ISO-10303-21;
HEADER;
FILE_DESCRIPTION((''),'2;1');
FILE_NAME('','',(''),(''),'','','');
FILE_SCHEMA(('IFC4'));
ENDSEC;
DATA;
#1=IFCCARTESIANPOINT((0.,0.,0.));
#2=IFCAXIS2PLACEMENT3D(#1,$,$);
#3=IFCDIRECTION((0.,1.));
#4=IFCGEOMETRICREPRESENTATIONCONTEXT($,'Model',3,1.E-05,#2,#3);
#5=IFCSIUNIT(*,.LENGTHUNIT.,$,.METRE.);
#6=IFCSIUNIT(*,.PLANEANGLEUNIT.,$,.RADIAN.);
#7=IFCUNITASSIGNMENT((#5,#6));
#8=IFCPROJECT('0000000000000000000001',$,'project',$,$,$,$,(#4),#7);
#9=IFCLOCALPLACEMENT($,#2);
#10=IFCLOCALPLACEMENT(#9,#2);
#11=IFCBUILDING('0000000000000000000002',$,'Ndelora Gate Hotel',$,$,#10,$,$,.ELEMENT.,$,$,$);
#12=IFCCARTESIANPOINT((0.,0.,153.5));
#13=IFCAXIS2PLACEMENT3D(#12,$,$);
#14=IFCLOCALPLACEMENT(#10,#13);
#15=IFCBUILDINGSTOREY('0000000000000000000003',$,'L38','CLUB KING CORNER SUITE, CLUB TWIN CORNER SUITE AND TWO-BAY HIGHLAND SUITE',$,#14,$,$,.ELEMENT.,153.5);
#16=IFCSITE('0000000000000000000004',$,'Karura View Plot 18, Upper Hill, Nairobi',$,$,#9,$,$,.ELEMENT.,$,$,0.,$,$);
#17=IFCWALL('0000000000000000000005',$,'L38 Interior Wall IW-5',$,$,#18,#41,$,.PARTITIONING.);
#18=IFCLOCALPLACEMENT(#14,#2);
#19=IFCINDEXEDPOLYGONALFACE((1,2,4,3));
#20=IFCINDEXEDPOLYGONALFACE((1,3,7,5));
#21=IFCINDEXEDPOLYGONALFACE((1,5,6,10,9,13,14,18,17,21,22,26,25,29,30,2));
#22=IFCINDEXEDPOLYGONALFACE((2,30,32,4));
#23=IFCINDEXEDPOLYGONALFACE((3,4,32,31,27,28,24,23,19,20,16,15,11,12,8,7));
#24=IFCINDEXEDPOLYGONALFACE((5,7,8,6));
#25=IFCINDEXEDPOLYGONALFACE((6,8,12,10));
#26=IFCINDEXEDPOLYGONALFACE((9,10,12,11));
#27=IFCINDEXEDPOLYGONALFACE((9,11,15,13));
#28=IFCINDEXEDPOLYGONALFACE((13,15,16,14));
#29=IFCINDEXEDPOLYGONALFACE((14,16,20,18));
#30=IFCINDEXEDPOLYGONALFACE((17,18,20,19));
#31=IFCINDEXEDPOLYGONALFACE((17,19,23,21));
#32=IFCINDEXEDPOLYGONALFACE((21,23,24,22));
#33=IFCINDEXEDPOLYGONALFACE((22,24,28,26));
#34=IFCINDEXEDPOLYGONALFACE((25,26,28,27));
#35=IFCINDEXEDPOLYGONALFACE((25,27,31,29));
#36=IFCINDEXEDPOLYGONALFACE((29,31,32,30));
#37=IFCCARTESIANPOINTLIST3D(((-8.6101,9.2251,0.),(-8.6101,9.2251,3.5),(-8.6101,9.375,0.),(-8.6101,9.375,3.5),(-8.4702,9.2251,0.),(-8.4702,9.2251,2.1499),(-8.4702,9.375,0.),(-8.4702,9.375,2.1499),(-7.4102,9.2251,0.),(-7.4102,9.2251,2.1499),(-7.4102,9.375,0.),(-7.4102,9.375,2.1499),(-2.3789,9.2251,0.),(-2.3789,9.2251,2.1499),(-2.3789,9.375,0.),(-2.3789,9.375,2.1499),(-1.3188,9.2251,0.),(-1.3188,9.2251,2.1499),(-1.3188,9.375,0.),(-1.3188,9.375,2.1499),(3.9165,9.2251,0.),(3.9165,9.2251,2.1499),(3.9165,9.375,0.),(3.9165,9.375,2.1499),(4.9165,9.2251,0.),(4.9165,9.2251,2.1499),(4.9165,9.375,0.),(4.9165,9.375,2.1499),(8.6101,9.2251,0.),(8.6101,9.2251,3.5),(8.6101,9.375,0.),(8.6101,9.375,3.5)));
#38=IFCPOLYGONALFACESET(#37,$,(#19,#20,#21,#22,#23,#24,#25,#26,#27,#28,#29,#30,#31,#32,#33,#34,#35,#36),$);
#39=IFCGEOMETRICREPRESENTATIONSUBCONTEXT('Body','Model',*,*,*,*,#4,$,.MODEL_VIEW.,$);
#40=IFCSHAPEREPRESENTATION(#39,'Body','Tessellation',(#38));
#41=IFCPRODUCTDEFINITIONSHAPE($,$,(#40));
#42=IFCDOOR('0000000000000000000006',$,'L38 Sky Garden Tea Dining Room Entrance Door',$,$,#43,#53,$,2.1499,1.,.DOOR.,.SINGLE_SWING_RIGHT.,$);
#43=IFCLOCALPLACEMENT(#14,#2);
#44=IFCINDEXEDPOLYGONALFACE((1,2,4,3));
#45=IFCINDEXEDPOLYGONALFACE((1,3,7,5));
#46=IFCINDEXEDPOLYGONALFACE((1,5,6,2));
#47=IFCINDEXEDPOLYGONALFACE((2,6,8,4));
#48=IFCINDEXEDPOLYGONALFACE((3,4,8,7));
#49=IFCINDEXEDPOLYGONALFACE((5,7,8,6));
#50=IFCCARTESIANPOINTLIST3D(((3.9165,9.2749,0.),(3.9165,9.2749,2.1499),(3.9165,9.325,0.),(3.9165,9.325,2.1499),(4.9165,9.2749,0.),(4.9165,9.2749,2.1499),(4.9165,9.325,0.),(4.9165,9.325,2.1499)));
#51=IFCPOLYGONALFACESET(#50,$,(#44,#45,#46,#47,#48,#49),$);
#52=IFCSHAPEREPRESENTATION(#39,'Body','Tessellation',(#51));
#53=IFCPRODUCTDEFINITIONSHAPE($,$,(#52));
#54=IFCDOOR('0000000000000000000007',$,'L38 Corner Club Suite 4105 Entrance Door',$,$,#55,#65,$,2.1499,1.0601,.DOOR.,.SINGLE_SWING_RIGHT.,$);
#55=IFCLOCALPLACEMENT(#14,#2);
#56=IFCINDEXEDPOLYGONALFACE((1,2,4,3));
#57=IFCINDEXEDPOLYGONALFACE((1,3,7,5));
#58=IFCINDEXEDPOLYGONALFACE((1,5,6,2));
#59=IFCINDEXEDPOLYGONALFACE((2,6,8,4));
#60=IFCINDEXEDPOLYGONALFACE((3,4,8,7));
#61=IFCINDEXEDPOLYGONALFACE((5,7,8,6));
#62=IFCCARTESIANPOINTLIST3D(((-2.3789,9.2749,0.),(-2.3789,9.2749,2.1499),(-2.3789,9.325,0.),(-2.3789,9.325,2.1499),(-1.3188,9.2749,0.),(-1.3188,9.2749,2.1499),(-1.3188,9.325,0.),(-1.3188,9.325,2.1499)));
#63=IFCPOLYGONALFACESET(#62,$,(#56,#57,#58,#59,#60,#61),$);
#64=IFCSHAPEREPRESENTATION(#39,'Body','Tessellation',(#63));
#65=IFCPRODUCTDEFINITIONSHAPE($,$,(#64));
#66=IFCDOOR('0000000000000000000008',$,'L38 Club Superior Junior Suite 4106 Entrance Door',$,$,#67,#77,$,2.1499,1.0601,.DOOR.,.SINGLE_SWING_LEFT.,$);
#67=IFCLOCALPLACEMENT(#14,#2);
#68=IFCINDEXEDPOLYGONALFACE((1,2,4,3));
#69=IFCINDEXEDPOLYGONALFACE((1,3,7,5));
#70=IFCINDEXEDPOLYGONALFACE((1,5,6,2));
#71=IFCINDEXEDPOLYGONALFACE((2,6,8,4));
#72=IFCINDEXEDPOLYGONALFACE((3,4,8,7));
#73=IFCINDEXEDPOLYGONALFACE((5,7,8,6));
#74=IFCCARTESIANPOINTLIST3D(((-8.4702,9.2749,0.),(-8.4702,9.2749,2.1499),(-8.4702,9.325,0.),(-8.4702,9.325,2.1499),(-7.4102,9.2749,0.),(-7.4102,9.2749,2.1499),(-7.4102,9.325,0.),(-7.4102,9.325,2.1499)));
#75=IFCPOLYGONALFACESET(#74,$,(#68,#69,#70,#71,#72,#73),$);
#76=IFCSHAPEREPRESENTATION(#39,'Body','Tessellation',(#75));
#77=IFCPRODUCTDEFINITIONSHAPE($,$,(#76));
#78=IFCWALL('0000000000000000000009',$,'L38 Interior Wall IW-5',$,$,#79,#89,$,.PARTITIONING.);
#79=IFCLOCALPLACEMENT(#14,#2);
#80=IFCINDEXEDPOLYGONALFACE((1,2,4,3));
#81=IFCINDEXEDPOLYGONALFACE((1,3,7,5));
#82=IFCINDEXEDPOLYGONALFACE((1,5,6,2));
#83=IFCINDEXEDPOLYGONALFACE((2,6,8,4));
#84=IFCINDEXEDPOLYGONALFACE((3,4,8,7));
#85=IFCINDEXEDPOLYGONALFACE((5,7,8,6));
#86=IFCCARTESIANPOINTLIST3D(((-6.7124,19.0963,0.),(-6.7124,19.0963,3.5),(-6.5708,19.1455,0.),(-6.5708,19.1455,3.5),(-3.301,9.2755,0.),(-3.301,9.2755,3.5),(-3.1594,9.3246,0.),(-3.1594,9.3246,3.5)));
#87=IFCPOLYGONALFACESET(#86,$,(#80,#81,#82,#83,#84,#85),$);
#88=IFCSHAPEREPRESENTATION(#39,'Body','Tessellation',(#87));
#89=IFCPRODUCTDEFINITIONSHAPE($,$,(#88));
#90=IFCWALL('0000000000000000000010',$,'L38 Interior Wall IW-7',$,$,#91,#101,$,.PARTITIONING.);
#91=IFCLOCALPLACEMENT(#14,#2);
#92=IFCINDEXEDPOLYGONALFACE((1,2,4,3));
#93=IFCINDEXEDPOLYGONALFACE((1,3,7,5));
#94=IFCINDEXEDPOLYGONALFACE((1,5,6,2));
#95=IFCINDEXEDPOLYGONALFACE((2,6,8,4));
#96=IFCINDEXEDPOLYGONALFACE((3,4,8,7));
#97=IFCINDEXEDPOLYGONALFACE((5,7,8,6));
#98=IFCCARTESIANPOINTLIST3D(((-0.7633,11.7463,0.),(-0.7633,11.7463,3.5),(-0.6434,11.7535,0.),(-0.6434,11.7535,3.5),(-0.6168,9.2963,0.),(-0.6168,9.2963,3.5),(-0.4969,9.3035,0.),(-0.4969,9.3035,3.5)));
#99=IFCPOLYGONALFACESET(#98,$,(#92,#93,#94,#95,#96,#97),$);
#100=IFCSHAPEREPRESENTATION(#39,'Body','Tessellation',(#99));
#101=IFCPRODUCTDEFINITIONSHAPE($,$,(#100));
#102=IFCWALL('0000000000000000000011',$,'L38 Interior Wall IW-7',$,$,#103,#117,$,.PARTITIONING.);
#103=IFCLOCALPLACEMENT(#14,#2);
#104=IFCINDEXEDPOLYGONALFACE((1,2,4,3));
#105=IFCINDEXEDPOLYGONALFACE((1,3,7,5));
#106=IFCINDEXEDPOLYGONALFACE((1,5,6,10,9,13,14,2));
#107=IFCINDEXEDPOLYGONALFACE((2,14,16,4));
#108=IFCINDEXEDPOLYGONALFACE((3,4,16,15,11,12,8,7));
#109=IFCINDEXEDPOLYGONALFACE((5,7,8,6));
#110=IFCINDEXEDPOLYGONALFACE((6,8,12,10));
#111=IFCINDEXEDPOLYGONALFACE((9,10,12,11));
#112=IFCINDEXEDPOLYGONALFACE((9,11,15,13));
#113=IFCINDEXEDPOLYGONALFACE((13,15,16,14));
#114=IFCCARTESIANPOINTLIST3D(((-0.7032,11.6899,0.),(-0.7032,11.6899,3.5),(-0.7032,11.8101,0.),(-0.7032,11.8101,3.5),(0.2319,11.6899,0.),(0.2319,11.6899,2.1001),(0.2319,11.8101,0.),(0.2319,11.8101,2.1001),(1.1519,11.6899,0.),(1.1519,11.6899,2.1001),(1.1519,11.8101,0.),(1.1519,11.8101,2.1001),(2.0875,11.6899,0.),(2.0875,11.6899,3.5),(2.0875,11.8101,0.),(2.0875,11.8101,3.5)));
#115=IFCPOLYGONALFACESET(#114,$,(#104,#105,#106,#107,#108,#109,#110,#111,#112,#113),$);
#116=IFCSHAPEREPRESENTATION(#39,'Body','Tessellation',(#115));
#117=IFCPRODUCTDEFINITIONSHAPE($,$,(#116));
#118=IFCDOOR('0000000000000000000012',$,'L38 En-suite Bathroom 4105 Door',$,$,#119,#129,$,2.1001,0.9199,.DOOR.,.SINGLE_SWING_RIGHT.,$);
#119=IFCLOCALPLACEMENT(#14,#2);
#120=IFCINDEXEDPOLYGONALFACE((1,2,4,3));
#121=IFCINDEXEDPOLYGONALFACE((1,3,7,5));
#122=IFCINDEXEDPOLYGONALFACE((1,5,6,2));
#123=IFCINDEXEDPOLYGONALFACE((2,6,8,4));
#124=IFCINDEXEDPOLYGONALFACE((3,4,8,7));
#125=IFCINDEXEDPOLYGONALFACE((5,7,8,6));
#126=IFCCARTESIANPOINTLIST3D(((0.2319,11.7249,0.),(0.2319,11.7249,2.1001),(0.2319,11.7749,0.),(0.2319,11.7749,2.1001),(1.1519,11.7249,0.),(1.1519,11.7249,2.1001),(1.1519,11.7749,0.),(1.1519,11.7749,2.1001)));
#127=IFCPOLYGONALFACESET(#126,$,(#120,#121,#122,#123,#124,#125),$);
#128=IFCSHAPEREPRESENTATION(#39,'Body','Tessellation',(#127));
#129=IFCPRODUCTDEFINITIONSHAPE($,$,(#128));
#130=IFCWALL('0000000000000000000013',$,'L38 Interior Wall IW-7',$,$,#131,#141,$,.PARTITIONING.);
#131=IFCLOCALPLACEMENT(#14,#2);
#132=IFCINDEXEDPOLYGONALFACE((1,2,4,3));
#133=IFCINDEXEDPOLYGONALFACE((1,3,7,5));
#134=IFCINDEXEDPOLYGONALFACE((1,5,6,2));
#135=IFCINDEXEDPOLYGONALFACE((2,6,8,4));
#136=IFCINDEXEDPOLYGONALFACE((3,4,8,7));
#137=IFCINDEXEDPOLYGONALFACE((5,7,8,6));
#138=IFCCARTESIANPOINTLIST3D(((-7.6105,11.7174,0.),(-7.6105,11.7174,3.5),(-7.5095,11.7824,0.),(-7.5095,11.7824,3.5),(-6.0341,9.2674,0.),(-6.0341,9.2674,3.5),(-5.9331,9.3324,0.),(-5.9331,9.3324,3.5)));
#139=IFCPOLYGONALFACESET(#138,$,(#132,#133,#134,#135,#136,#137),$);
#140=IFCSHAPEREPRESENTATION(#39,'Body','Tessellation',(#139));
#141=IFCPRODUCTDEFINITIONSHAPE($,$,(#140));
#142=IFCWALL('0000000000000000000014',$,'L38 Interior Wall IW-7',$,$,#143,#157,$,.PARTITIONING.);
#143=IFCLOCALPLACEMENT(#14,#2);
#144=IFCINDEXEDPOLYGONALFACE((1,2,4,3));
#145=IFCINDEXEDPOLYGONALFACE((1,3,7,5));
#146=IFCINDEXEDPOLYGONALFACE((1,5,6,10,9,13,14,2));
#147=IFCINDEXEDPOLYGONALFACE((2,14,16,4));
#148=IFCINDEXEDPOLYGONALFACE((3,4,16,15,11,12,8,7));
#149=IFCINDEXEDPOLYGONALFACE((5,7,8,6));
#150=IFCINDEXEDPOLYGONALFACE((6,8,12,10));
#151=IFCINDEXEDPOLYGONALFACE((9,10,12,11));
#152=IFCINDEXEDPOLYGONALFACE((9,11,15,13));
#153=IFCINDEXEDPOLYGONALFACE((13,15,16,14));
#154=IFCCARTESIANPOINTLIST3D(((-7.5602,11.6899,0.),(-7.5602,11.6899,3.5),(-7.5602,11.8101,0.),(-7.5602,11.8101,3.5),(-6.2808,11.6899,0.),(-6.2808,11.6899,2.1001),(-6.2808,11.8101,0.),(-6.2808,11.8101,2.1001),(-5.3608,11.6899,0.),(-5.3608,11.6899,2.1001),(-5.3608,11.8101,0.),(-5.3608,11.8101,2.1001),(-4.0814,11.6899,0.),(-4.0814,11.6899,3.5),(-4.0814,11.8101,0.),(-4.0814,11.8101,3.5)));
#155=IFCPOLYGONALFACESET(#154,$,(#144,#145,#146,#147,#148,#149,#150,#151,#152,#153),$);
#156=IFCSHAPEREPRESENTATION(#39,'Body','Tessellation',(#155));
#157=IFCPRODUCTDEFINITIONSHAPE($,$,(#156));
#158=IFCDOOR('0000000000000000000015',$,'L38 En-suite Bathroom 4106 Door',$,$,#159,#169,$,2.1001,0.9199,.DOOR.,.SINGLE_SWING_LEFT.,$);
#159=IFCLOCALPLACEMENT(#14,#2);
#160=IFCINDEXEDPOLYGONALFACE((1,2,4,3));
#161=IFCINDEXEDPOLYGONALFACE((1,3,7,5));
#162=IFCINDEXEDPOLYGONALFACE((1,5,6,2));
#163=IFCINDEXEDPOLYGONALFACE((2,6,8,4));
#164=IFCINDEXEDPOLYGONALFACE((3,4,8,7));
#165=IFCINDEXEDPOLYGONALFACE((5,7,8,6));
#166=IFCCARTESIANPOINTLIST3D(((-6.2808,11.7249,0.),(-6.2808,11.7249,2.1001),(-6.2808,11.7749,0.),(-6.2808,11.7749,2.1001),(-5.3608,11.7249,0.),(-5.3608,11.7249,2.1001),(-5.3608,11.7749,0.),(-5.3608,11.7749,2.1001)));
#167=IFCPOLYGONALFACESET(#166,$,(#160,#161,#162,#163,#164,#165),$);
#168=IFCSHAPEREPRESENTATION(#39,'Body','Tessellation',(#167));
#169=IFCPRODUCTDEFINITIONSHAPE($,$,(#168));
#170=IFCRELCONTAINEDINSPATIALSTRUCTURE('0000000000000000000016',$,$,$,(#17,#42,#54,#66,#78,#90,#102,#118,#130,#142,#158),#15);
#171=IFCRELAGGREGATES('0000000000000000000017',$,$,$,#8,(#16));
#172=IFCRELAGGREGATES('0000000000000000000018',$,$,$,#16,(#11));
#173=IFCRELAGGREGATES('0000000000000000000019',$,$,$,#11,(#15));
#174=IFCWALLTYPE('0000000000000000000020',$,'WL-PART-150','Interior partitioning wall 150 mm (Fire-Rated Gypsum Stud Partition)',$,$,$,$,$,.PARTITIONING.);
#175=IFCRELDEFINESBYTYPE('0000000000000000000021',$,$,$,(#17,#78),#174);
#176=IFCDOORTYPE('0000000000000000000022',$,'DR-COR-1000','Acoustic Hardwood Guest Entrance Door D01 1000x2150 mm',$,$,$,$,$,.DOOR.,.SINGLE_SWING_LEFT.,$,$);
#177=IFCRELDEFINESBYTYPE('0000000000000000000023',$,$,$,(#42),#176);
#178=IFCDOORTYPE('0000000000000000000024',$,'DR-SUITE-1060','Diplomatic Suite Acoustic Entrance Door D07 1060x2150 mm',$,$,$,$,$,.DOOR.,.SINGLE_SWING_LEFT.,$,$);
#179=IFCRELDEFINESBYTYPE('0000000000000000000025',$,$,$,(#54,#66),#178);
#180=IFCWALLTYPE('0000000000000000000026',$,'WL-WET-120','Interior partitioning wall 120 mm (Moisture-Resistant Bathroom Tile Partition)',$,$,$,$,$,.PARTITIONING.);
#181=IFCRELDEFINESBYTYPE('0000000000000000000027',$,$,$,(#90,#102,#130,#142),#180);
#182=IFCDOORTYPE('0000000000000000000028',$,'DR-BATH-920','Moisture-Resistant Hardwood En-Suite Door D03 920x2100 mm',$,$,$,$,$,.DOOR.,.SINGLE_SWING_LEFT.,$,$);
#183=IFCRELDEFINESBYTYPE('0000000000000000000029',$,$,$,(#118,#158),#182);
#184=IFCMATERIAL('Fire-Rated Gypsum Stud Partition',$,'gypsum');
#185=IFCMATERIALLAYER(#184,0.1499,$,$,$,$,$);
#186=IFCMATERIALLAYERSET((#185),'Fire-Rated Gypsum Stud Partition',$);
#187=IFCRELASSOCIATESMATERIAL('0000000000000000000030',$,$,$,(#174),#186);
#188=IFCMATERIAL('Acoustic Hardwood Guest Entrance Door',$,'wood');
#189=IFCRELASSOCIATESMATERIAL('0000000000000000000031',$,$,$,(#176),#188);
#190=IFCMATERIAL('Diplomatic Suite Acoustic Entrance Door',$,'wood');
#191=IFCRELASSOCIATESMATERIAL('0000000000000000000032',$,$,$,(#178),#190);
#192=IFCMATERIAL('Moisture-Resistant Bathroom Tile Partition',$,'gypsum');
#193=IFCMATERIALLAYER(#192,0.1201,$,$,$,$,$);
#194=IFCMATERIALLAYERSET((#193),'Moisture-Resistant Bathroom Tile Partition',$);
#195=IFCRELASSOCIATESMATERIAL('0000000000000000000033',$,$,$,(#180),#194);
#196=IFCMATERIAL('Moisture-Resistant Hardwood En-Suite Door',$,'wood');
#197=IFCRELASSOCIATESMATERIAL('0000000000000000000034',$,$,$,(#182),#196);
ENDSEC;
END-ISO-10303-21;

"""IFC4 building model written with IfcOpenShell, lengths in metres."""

from ifc_helpers import new_model, si_unit, direction, frame, frame_2d, origin, place, context, subcontext, project, spatial, rectangle, extrude, material, layer, layer_set, type_object, element, fill, save


model = new_model("IFC4")

# Units and contexts
model_context = context("Model", 3, precision=1e-05, world=origin(), true_north=direction((0.0, 1.0)))
body_context = subcontext(model_context, "Body", "Model", "MODEL_VIEW")
ifc_project = project(units=[si_unit("LENGTHUNIT", "METRE"), si_unit("PLANEANGLEUNIT", "RADIAN")], contexts=[model_context])

# Site, building, storey
site_placement = place(None, origin())
site = spatial("IfcSite", under=ifc_project, at=site_placement, Name="Karura View Plot 18, Upper Hill, Nairobi", CompositionType="ELEMENT", RefElevation=0.0)
building_placement = place(site_placement, origin())
building = spatial("IfcBuilding", under=site, at=building_placement, Name="Ndelora Gate Hotel", CompositionType="ELEMENT")
storey_placement = place(building_placement, frame((0.0, 0.0, 153.5)))
storey = spatial("IfcBuildingStorey", under=building, at=storey_placement, Name="L38", Description="CLUB KING CORNER SUITE, CLUB TWIN CORNER SUITE AND TWO-BAY HIGHLAND SUITE", CompositionType="ELEMENT", Elevation=153.5)

# Wall, openings, doors
ifc_material_1 = material(Name="Fire-Rated Gypsum Stud Partition", Category="gypsum")
ifc_layer_1 = layer(ifc_material_1, 0.1499)
ifc_layer_set_1 = layer_set([ifc_layer_1], Name="Fire-Rated Gypsum Stud Partition")
wall_type_1 = type_object("IfcWallType", Name="WL-PART-150", Description="Interior partitioning wall 150 mm (Fire-Rated Gypsum Stud Partition)", PredefinedType="PARTITIONING", material=ifc_layer_set_1)
wall_1_placement = place(storey_placement, frame((-8.6101, 9.3, 0.0), z_axis=(0.0, 0.0, 1.0), x_axis=(1.0, 0.0, 0.0)))
wall_1 = element("IfcWall", 1, at=wall_1_placement, inside=storey, type_object=wall_type_1, Name="L38 Interior Wall IW-5", PredefinedType="PARTITIONING", context=body_context, shape_type="SweptSolid", body=[
    extrude(rectangle(XDim=17.2202, YDim=0.1499, at=frame_2d((8.6101, 0.0))), origin(), (0.0, 0.0, 1.0), 3.5),
])
opening_1_placement = place(wall_1_placement, frame((12.5266, 0.0, 0.0)))
opening_1 = element("IfcOpeningElement", 2, at=opening_1_placement, cuts=wall_1, PredefinedType="OPENING", context=body_context, shape_type="SweptSolid", body=[
    extrude(rectangle(XDim=1.0, YDim=2.1499, at=frame_2d((0.5, 1.075))), frame((0.0, 0.085, 0.0), z_axis=(0.0, -1.0, 0.0), x_axis=(1.0, 0.0, 0.0)), (0.0, 0.0, 1.0), 0.1699),
])
opening_2_placement = place(wall_1_placement, frame((6.2312, 0.0, 0.0)))
opening_2 = element("IfcOpeningElement", 3, at=opening_2_placement, cuts=wall_1, PredefinedType="OPENING", context=body_context, shape_type="SweptSolid", body=[
    extrude(rectangle(XDim=1.0601, YDim=2.1499, at=frame_2d((0.53, 1.075))), frame((0.0, 0.085, 0.0), z_axis=(0.0, -1.0, 0.0), x_axis=(1.0, 0.0, 0.0)), (0.0, 0.0, 1.0), 0.1699),
])
opening_3_placement = place(wall_1_placement, frame((0.1399, 0.0, 0.0)))
opening_3 = element("IfcOpeningElement", 4, at=opening_3_placement, cuts=wall_1, PredefinedType="OPENING", context=body_context, shape_type="SweptSolid", body=[
    extrude(rectangle(XDim=1.0601, YDim=2.1499, at=frame_2d((0.53, 1.075))), frame((0.0, 0.085, 0.0), z_axis=(0.0, -1.0, 0.0), x_axis=(1.0, 0.0, 0.0)), (0.0, 0.0, 1.0), 0.1699),
])
ifc_material_2 = material(Name="Acoustic Hardwood Guest Entrance Door", Category="wood")
door_type_1 = type_object("IfcDoorType", Name="DR-COR-1000", Description="Acoustic Hardwood Guest Entrance Door D01 1000x2150 mm", OperationType="SINGLE_SWING_LEFT", PredefinedType="DOOR", material=ifc_material_2)
door_1_placement = place(opening_1_placement, origin())
door_1 = element("IfcDoor", 5, at=door_1_placement, inside=storey, type_object=door_type_1, Name="L38 Sky Garden Tea Dining Room Entrance Door", OperationType="SINGLE_SWING_RIGHT", OverallHeight=2.1499, OverallWidth=1.0, PredefinedType="DOOR", context=body_context, shape_type="SweptSolid", body=[
    extrude(rectangle(XDim=1.0, YDim=2.1499, at=frame_2d((0.5, 1.075))), frame((0.0, 0.0249, 0.0), z_axis=(0.0, -1.0, 0.0), x_axis=(1.0, 0.0, 0.0)), (0.0, 0.0, 1.0), 0.05),
])
fill(opening_1, door_1)
ifc_material_3 = material(Name="Diplomatic Suite Acoustic Entrance Door", Category="wood")
door_type_2 = type_object("IfcDoorType", Name="DR-SUITE-1060", Description="Diplomatic Suite Acoustic Entrance Door D07 1060x2150 mm", OperationType="SINGLE_SWING_LEFT", PredefinedType="DOOR", material=ifc_material_3)
door_2_placement = place(opening_2_placement, origin())
door_2 = element("IfcDoor", 6, at=door_2_placement, inside=storey, type_object=door_type_2, Name="L38 Corner Club Suite 4105 Entrance Door", OperationType="SINGLE_SWING_RIGHT", OverallHeight=2.1499, OverallWidth=1.0601, PredefinedType="DOOR", context=body_context, shape_type="SweptSolid", body=[
    extrude(rectangle(XDim=1.0601, YDim=2.1499, at=frame_2d((0.53, 1.075))), frame((0.0, 0.0249, 0.0), z_axis=(0.0, -1.0, 0.0), x_axis=(1.0, 0.0, 0.0)), (0.0, 0.0, 1.0), 0.05),
])
fill(opening_2, door_2)
door_3_placement = place(opening_3_placement, origin())
door_3 = element("IfcDoor", 7, at=door_3_placement, inside=storey, type_object=door_type_2, Name="L38 Club Superior Junior Suite 4106 Entrance Door", OperationType="SINGLE_SWING_LEFT", OverallHeight=2.1499, OverallWidth=1.0601, PredefinedType="DOOR", context=body_context, shape_type="SweptSolid", body=[
    extrude(rectangle(XDim=1.0601, YDim=2.1499, at=frame_2d((0.53, 1.075))), frame((0.0, 0.0249, 0.0), z_axis=(0.0, -1.0, 0.0), x_axis=(1.0, 0.0, 0.0)), (0.0, 0.0, 1.0), 0.05),
])
fill(opening_3, door_3)

# Walls
wall_2_placement = place(storey_placement, frame((-3.2302, 9.3, 0.0), z_axis=(0.0, 0.0, 1.0), x_axis=(-0.32813, 0.944633, 0.0)))
element("IfcWall", 8, at=wall_2_placement, inside=storey, type_object=wall_type_1, Name="L38 Interior Wall IW-5", PredefinedType="PARTITIONING", context=body_context, shape_type="SweptSolid", body=[
    extrude(rectangle(XDim=10.3965, YDim=0.1499, at=frame_2d((5.1982, 0.0))), origin(), (0.0, 0.0, 1.0), 3.5),
])
ifc_material_4 = material(Name="Moisture-Resistant Bathroom Tile Partition", Category="gypsum")
ifc_layer_2 = layer(ifc_material_4, 0.1201)
ifc_layer_set_2 = layer_set([ifc_layer_2], Name="Moisture-Resistant Bathroom Tile Partition")
wall_type_2 = type_object("IfcWallType", Name="WL-WET-120", Description="Interior partitioning wall 120 mm (Moisture-Resistant Bathroom Tile Partition)", PredefinedType="PARTITIONING", material=ifc_layer_set_2)
wall_3_placement = place(storey_placement, frame((-0.5569, 9.3, 0.0), z_axis=(0.0, 0.0, 1.0), x_axis=(-0.059684, 0.998217, 0.0)))
element("IfcWall", 9, at=wall_3_placement, inside=storey, type_object=wall_type_2, Name="L38 Interior Wall IW-7", PredefinedType="PARTITIONING", context=body_context, shape_type="SweptSolid", body=[
    extrude(rectangle(XDim=2.4543, YDim=0.1201, at=frame_2d((1.2271, 0.0))), origin(), (0.0, 0.0, 1.0), 3.5),
])

# Wall, opening, door
wall_4_placement = place(storey_placement, frame((-0.7034, 11.75, 0.0), z_axis=(0.0, 0.0, 1.0), x_axis=(1.0, 0.0, 0.0)))
wall_4 = element("IfcWall", 10, at=wall_4_placement, inside=storey, type_object=wall_type_2, Name="L38 Interior Wall IW-7", PredefinedType="PARTITIONING", context=body_context, shape_type="SweptSolid", body=[
    extrude(rectangle(XDim=2.7908, YDim=0.1201, at=frame_2d((1.3955, 0.0))), origin(), (0.0, 0.0, 1.0), 3.5),
])
opening_4_placement = place(wall_4_placement, frame((0.9353, 0.0, 0.0)))
opening_4 = element("IfcOpeningElement", 11, at=opening_4_placement, cuts=wall_4, PredefinedType="OPENING", context=body_context, shape_type="SweptSolid", body=[
    extrude(rectangle(XDim=0.9199, YDim=2.1001, at=frame_2d((0.46, 1.05))), frame((0.0, 0.0701, 0.0), z_axis=(0.0, -1.0, 0.0), x_axis=(1.0, 0.0, 0.0)), (0.0, 0.0, 1.0), 0.1401),
])
ifc_material_5 = material(Name="Moisture-Resistant Hardwood En-Suite Door", Category="wood")
door_type_3 = type_object("IfcDoorType", Name="DR-BATH-920", Description="Moisture-Resistant Hardwood En-Suite Door D03 920x2100 mm", OperationType="SINGLE_SWING_LEFT", PredefinedType="DOOR", material=ifc_material_5)
door_4_placement = place(opening_4_placement, origin())
door_4 = element("IfcDoor", 12, at=door_4_placement, inside=storey, type_object=door_type_3, Name="L38 En-suite Bathroom 4105 Door", OperationType="SINGLE_SWING_RIGHT", OverallHeight=2.1001, OverallWidth=0.9199, PredefinedType="DOOR", context=body_context, shape_type="SweptSolid", body=[
    extrude(rectangle(XDim=0.9199, YDim=2.1001, at=frame_2d((0.46, 1.05))), frame((0.0, 0.0249, 0.0), z_axis=(0.0, -1.0, 0.0), x_axis=(1.0, 0.0, 0.0)), (0.0, 0.0, 1.0), 0.05),
])
fill(opening_4, door_4)

# Wall
wall_5_placement = place(storey_placement, frame((-5.9836, 9.3, 0.0), z_axis=(0.0, 0.0, 1.0), x_axis=(-0.541109, 0.840952, 0.0)))
element("IfcWall", 13, at=wall_5_placement, inside=storey, type_object=wall_type_2, Name="L38 Interior Wall IW-7", PredefinedType="PARTITIONING", context=body_context, shape_type="SweptSolid", body=[
    extrude(rectangle(XDim=2.9133, YDim=0.1201, at=frame_2d((1.4565, 0.0))), origin(), (0.0, 0.0, 1.0), 3.5),
])

# Wall, opening, door
wall_6_placement = place(storey_placement, frame((-7.5601, 11.75, 0.0), z_axis=(0.0, 0.0, 1.0), x_axis=(1.0, 0.0, 0.0)))
wall_6 = element("IfcWall", 14, at=wall_6_placement, inside=storey, type_object=wall_type_2, Name="L38 Interior Wall IW-7", PredefinedType="PARTITIONING", context=body_context, shape_type="SweptSolid", body=[
    extrude(rectangle(XDim=3.4788, YDim=0.1201, at=frame_2d((1.7393, 0.0))), origin(), (0.0, 0.0, 1.0), 3.5),
])
opening_5_placement = place(wall_6_placement, frame((1.2793, 0.0, 0.0)))
opening_5 = element("IfcOpeningElement", 15, at=opening_5_placement, cuts=wall_6, PredefinedType="OPENING", context=body_context, shape_type="SweptSolid", body=[
    extrude(rectangle(XDim=0.9199, YDim=2.1001, at=frame_2d((0.46, 1.05))), frame((0.0, 0.0701, 0.0), z_axis=(0.0, -1.0, 0.0), x_axis=(1.0, 0.0, 0.0)), (0.0, 0.0, 1.0), 0.1401),
])
door_5_placement = place(opening_5_placement, origin())
door_5 = element("IfcDoor", 16, at=door_5_placement, inside=storey, type_object=door_type_3, Name="L38 En-suite Bathroom 4106 Door", OperationType="SINGLE_SWING_LEFT", OverallHeight=2.1001, OverallWidth=0.9199, PredefinedType="DOOR", context=body_context, shape_type="SweptSolid", body=[
    extrude(rectangle(XDim=0.9199, YDim=2.1001, at=frame_2d((0.46, 1.05))), frame((0.0, 0.0249, 0.0), z_axis=(0.0, -1.0, 0.0), x_axis=(1.0, 0.0, 0.0)), (0.0, 0.0, 1.0), 0.05),
])
fill(opening_5, door_5)

save(model, "model.ifc")
